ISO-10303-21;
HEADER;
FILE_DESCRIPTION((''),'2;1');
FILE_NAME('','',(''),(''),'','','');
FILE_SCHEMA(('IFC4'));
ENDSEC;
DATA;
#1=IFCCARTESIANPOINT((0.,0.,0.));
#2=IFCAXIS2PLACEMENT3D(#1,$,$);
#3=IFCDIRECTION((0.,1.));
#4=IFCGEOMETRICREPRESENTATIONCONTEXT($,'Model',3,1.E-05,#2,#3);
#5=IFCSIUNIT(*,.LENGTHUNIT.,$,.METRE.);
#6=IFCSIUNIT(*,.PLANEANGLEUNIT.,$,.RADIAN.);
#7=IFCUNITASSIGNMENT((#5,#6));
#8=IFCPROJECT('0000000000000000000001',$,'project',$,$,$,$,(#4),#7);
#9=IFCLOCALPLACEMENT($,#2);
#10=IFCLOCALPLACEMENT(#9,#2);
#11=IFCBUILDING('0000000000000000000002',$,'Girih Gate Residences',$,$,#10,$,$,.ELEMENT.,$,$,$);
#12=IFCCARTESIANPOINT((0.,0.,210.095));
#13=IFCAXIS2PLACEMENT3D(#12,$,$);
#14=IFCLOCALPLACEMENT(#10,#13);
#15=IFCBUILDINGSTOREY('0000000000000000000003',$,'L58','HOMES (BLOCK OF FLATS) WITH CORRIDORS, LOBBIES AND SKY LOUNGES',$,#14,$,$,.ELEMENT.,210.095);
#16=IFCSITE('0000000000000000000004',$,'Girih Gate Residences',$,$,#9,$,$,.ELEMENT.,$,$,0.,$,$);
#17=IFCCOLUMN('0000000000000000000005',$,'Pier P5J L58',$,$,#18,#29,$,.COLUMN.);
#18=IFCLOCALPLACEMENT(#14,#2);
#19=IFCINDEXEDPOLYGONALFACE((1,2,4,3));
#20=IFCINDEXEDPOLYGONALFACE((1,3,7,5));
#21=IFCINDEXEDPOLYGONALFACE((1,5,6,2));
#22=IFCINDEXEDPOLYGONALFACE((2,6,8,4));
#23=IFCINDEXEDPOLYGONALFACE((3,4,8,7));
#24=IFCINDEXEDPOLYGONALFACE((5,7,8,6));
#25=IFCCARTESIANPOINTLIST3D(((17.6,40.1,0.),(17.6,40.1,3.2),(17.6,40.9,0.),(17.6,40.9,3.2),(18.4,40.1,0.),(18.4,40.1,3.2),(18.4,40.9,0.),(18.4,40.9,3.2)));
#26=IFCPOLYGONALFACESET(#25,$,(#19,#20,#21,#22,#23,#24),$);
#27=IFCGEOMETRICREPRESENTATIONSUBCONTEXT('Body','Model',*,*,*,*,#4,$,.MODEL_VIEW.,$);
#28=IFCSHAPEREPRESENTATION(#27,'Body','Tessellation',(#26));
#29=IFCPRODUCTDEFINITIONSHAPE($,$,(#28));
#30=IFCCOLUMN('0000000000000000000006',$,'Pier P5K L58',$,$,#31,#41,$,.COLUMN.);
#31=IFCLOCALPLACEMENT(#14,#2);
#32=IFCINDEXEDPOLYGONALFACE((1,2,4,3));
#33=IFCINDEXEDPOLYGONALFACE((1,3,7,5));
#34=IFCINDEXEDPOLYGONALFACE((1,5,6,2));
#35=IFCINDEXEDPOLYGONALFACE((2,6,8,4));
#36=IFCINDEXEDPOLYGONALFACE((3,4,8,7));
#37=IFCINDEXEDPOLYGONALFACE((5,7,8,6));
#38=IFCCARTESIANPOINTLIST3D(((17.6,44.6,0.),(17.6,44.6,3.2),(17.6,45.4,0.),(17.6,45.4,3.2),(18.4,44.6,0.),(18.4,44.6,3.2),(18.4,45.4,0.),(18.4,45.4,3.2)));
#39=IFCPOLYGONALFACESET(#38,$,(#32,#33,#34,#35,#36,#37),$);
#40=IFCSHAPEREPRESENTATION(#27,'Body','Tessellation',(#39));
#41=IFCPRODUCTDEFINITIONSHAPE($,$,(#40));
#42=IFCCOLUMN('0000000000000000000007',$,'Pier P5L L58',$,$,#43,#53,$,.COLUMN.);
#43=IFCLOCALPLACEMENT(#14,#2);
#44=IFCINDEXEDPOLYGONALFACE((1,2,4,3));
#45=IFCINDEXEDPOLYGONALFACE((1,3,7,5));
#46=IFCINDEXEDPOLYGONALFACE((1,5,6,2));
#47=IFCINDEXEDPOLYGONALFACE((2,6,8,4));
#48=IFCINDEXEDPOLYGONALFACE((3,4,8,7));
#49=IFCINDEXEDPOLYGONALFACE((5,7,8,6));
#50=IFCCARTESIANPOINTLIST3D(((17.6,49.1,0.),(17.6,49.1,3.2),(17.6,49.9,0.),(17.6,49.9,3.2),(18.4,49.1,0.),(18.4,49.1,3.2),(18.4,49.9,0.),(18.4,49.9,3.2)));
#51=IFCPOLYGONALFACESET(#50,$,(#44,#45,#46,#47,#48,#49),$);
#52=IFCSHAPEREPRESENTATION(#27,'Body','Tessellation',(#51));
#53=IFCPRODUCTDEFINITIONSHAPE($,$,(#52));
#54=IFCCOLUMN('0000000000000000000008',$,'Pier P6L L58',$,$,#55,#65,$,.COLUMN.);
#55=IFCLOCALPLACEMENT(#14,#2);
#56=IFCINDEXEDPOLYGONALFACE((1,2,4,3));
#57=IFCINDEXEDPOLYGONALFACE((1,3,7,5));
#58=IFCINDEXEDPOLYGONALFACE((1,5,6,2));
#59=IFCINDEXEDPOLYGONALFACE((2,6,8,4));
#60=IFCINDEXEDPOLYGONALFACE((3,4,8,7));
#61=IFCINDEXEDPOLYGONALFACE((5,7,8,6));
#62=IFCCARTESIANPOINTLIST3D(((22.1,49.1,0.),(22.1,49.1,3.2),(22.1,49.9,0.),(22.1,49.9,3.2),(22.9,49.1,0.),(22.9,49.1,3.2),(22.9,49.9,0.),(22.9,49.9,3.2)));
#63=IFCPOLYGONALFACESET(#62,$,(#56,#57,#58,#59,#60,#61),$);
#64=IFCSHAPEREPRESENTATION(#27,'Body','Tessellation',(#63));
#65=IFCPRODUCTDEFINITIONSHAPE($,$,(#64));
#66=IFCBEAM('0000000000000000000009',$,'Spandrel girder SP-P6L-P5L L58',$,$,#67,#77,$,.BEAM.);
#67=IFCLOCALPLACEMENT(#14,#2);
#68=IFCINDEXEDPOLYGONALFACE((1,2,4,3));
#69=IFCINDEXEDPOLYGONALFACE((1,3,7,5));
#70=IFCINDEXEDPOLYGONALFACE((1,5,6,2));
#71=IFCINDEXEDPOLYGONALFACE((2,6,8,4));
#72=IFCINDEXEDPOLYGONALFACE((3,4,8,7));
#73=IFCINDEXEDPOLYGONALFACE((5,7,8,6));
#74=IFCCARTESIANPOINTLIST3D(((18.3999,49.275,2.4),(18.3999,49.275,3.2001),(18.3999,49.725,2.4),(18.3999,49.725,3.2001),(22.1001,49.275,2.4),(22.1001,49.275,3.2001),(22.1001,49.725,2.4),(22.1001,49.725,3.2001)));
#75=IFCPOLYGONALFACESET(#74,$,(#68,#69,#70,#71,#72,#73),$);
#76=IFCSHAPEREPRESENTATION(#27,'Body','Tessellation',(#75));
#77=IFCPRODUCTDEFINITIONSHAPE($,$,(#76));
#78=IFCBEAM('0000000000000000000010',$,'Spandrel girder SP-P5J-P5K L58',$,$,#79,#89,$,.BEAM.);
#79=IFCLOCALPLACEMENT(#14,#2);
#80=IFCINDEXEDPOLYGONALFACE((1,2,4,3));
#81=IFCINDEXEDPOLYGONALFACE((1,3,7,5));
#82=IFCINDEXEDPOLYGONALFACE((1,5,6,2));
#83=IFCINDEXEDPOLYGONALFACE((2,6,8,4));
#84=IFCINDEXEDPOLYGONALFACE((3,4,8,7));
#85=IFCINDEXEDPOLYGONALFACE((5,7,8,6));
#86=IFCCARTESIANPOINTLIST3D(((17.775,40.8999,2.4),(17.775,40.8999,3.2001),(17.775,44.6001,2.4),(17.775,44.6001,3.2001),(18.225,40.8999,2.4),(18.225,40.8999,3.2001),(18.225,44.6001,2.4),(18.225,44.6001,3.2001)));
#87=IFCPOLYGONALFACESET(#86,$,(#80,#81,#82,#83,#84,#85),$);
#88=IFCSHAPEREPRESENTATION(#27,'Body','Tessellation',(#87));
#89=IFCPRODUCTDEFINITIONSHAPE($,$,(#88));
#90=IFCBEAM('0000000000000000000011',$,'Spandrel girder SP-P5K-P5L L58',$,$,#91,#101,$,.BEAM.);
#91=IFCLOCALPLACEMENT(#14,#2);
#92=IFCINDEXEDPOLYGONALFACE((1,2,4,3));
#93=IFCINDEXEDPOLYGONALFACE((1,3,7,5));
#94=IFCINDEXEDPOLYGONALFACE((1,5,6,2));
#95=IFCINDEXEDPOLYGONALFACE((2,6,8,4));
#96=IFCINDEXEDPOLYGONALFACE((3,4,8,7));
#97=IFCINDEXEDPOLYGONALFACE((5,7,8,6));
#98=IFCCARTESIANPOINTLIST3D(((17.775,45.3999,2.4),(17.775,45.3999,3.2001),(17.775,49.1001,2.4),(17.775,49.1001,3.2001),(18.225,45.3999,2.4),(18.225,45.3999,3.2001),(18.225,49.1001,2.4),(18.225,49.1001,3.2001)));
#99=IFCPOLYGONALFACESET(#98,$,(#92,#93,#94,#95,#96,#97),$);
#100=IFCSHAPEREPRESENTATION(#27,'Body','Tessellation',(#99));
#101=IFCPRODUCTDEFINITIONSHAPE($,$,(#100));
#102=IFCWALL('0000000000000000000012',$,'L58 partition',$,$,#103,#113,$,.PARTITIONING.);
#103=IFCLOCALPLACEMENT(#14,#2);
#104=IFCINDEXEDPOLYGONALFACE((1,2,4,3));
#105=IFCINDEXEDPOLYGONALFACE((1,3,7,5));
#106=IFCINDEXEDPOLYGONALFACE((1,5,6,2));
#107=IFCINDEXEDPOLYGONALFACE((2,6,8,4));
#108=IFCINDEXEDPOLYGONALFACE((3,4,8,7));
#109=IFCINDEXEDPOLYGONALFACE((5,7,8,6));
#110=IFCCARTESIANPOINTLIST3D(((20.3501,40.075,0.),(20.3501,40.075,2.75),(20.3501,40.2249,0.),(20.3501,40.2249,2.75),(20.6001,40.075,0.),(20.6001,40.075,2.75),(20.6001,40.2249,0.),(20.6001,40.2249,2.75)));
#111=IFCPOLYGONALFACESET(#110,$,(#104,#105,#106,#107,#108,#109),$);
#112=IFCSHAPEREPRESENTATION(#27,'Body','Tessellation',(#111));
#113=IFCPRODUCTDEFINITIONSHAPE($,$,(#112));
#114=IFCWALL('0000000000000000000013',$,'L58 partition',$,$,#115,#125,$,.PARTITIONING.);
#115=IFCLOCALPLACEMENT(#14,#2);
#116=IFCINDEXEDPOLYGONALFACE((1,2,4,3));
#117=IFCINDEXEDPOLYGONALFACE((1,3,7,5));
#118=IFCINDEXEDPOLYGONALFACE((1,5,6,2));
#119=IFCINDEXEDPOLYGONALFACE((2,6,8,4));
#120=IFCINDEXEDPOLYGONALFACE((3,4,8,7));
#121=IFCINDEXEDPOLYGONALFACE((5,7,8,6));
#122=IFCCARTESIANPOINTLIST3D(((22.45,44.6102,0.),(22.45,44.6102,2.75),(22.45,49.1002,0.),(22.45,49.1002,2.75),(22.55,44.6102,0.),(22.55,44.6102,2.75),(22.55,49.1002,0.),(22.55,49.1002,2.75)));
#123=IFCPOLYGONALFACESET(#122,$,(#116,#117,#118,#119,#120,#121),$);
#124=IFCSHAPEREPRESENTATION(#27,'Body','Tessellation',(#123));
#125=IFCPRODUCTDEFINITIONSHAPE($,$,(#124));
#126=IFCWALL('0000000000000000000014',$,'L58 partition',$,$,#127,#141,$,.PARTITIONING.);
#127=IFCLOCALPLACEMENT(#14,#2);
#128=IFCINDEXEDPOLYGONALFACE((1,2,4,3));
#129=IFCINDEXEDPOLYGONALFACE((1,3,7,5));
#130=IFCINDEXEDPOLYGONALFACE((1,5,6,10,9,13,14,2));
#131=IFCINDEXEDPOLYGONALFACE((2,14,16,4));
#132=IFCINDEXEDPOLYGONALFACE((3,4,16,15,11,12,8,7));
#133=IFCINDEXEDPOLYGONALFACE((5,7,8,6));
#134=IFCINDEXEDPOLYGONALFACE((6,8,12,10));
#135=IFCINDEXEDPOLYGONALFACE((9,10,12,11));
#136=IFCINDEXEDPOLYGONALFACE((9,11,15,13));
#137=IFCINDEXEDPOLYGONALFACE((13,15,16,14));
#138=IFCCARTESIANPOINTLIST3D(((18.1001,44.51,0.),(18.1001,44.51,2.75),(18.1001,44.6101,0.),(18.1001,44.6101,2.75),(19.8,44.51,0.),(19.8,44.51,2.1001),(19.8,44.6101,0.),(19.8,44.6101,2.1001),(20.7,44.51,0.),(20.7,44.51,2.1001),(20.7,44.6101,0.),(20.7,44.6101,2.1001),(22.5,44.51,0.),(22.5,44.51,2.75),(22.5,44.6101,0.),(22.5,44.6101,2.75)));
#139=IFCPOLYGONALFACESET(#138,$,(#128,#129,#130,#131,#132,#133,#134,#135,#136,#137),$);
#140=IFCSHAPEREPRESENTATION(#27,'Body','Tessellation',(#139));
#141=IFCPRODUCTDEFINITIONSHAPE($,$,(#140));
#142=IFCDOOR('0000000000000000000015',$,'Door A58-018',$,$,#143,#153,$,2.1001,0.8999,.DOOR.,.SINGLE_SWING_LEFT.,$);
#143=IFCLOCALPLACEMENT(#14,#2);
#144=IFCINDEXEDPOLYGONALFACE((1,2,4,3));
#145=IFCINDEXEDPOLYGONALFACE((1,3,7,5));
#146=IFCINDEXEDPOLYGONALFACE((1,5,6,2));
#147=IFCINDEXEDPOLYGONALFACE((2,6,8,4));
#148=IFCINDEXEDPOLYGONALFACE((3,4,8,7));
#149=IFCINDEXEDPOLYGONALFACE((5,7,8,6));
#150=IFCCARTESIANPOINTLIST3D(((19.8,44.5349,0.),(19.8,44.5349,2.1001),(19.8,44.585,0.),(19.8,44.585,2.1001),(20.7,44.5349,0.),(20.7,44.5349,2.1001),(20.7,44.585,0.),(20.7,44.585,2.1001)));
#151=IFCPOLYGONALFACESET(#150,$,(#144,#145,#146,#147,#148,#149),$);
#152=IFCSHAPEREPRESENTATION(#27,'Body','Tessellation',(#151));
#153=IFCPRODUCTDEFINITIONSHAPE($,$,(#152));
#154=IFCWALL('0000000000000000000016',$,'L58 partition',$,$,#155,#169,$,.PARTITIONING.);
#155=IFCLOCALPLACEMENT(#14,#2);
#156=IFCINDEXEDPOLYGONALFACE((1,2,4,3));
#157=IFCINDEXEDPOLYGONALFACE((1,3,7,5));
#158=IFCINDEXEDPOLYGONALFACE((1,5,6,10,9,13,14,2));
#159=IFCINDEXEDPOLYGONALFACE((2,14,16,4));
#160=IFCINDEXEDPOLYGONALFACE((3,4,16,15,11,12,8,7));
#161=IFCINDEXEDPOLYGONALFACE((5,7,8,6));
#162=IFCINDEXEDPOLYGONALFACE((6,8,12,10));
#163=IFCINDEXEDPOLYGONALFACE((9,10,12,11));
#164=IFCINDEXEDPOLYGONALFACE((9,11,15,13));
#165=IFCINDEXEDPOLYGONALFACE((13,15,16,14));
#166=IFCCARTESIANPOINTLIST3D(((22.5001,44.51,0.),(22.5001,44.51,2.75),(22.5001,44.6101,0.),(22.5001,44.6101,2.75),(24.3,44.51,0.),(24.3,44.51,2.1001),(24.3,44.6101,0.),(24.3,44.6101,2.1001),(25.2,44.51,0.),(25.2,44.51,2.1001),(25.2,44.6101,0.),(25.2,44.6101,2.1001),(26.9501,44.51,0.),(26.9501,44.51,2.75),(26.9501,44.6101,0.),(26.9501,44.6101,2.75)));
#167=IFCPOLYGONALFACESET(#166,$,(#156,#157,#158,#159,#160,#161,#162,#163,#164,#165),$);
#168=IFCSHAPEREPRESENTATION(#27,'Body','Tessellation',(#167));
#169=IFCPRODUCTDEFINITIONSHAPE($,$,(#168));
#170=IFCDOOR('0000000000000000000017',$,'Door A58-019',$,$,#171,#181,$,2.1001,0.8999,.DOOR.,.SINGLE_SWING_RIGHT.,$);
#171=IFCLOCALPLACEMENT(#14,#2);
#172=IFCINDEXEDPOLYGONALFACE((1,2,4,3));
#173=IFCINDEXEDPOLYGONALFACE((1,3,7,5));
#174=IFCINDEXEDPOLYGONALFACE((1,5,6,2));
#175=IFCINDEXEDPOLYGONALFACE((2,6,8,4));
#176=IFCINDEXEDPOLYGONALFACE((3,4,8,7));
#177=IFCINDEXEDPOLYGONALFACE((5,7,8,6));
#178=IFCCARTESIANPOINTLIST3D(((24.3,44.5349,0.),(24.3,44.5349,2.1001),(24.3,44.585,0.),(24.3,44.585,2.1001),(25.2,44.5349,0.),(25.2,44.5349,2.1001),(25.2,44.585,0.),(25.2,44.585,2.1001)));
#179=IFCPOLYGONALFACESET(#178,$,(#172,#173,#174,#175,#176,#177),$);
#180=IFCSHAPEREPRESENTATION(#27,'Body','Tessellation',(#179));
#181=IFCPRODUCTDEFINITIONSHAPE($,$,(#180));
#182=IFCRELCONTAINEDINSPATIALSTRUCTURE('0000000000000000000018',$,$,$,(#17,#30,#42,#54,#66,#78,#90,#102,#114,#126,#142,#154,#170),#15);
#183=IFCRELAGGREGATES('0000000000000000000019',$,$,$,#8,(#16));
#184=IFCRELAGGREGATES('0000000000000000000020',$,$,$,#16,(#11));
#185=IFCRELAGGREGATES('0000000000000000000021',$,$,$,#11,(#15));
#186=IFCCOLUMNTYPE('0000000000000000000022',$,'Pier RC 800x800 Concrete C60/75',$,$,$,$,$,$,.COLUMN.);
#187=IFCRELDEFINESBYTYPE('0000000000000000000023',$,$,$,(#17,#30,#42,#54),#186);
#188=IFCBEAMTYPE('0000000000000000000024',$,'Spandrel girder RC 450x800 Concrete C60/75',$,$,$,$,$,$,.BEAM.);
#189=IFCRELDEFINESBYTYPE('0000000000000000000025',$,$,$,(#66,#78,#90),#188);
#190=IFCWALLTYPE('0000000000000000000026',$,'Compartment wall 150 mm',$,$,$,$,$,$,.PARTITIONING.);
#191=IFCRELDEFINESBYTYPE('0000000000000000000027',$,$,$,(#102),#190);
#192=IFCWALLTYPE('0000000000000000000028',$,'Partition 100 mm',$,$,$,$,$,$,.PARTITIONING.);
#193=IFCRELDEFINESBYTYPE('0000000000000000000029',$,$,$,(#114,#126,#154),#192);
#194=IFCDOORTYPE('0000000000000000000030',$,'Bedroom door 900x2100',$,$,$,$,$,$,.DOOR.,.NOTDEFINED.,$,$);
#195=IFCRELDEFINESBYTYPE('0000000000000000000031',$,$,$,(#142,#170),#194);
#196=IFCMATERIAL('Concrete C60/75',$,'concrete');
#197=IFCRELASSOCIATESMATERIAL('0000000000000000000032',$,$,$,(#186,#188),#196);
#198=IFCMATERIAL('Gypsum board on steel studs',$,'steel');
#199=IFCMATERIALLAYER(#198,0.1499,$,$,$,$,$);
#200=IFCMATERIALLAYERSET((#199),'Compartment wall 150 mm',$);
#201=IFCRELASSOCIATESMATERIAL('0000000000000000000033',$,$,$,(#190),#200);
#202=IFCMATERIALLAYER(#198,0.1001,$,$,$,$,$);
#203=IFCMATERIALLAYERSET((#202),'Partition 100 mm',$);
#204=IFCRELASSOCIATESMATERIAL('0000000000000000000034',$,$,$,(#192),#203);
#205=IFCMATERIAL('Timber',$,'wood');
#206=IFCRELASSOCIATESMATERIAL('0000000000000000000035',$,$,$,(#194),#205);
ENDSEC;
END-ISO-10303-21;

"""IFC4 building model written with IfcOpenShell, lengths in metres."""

from ifc_helpers import new_model, si_unit, direction, frame, frame_2d, origin, origin_2d, place, context, subcontext, project, spatial, rectangle, extrude, material, layer, layer_set, material_profile, profile_set, type_object, element, fill, save


model = new_model("IFC4")

# Units and contexts
model_context = context("Model", 3, precision=1e-05, world=origin(), true_north=direction((0.0, 1.0)))
body_context = subcontext(model_context, "Body", "Model", "MODEL_VIEW")
ifc_project = project(units=[si_unit("LENGTHUNIT", "METRE"), si_unit("PLANEANGLEUNIT", "RADIAN")], contexts=[model_context])

# Site, building, storey
site_placement = place(None, origin())
site = spatial("IfcSite", under=ifc_project, at=site_placement, Name="Girih Gate Residences", CompositionType="ELEMENT", RefElevation=0.0)
building_placement = place(site_placement, origin())
building = spatial("IfcBuilding", under=site, at=building_placement, Name="Girih Gate Residences", CompositionType="ELEMENT")
storey_placement = place(building_placement, frame((0.0, 0.0, 210.095)))
storey = spatial("IfcBuildingStorey", under=building, at=storey_placement, Name="L58", Description="HOMES (BLOCK OF FLATS) WITH CORRIDORS, LOBBIES AND SKY LOUNGES", CompositionType="ELEMENT", Elevation=210.095)

# Columns
ifc_material_1 = material(Name="Concrete C60/75", Category="concrete")
ifc_material_profile_1 = material_profile(ifc_material_1, rectangle(XDim=0.8, YDim=0.8, at=origin_2d()))
ifc_profile_set_1 = profile_set([ifc_material_profile_1], Name="Concrete C60/75")
column_type = type_object("IfcColumnType", Name="Pier RC 800x800 Concrete C60/75", PredefinedType="COLUMN", material=ifc_profile_set_1)
for number, where, z_axis, x_axis, name in (
    (1, (18.0, 40.5, 0.0), (0.0, 0.0, 1.0), (1.0, 0.0, 0.0), "Pier P5J L58"),
    (2, (18.0, 45.0, 0.0), (0.0, 0.0, 1.0), (1.0, 0.0, 0.0), "Pier P5K L58"),
    (3, (18.0, 49.5, 0.0), (0.0, 0.0, 1.0), (1.0, 0.0, 0.0), "Pier P5L L58"),
    (4, (22.5, 49.5, 0.0), (0.0, 0.0, 1.0), (1.0, 0.0, 0.0), "Pier P6L L58"),
):
    element("IfcColumn", number, at=place(storey_placement, frame(where, z_axis=z_axis, x_axis=x_axis)), inside=storey, type_object=column_type, Name=name, PredefinedType="COLUMN", context=body_context, shape_type="SweptSolid", body=[
        extrude(rectangle(XDim=0.8, YDim=0.8, at=origin_2d()), origin(), (0.0, 0.0, 1.0), 3.2),
    ])

# Beams
ifc_material_profile_2 = material_profile(ifc_material_1, rectangle(XDim=0.45, YDim=0.8, at=origin_2d()))
ifc_profile_set_2 = profile_set([ifc_material_profile_2], Name="Concrete C60/75")
beam_type = type_object("IfcBeamType", Name="Spandrel girder RC 450x800 Concrete C60/75", PredefinedType="BEAM", material=ifc_profile_set_2)
for number, where, z_axis, x_axis, name in (
    (5, (22.1001, 49.5, 2.8), (-1.0, 0.0, 0.0), (0.0, -1.0, 0.0), "Spandrel girder SP-P6L-P5L L58"),
    (6, (18.0, 40.8999, 2.8), (0.0, 1.0, 0.0), (-1.0, 0.0, 0.0), "Spandrel girder SP-P5J-P5K L58"),
    (7, (18.0, 45.3999, 2.8), (0.0, 1.0, 0.0), (-1.0, 0.0, 0.0), "Spandrel girder SP-P5K-P5L L58"),
):
    element("IfcBeam", number, at=place(storey_placement, frame(where, z_axis=z_axis, x_axis=x_axis)), inside=storey, type_object=beam_type, Name=name, PredefinedType="BEAM", context=body_context, shape_type="SweptSolid", body=[
        extrude(rectangle(XDim=0.45, YDim=0.8, at=origin_2d()), origin(), (0.0, 0.0, 1.0), 3.7002),
    ])

# Shared definitions
ifc_material_2 = material(Name="Gypsum board on steel studs", Category="steel")
ifc_layer_1 = layer(ifc_material_2, 0.1499)
ifc_layer_set_1 = layer_set([ifc_layer_1], Name="Compartment wall 150 mm")
wall_type_1 = type_object("IfcWallType", Name="Compartment wall 150 mm", PredefinedType="PARTITIONING", material=ifc_layer_set_1)

# Walls
wall_1_placement = place(storey_placement, frame((20.3501, 40.1499, 0.0), z_axis=(0.0, 0.0, 1.0), x_axis=(1.0, 0.0, 0.0)))
element("IfcWall", 8, at=wall_1_placement, inside=storey, type_object=wall_type_1, Name="L58 partition", PredefinedType="PARTITIONING", context=body_context, shape_type="SweptSolid", body=[
    extrude(rectangle(XDim=0.25, YDim=0.1499, at=frame_2d((0.125, 0.0))), origin(), (0.0, 0.0, 1.0), 2.75),
])
ifc_layer_2 = layer(ifc_material_2, 0.1001)
ifc_layer_set_2 = layer_set([ifc_layer_2], Name="Partition 100 mm")
wall_type_2 = type_object("IfcWallType", Name="Partition 100 mm", PredefinedType="PARTITIONING", material=ifc_layer_set_2)
wall_2_placement = place(storey_placement, frame((22.5, 44.6101, 0.0), z_axis=(0.0, 0.0, 1.0), x_axis=(0.0, 1.0, 0.0)))
element("IfcWall", 9, at=wall_2_placement, inside=storey, type_object=wall_type_2, Name="L58 partition", PredefinedType="PARTITIONING", context=body_context, shape_type="SweptSolid", body=[
    extrude(rectangle(XDim=4.49, YDim=0.1001, at=frame_2d((2.2451, 0.0))), origin(), (0.0, 0.0, 1.0), 2.75),
])

# Walls, openings, doors
wall_3_placement = place(storey_placement, frame((18.1001, 44.5601, 0.0), z_axis=(0.0, 0.0, 1.0), x_axis=(1.0, 0.0, 0.0)))
wall_3 = element("IfcWall", 10, at=wall_3_placement, inside=storey, type_object=wall_type_2, Name="L58 partition", PredefinedType="PARTITIONING", context=body_context, shape_type="SweptSolid", body=[
    extrude(rectangle(XDim=4.3999, YDim=0.1001, at=frame_2d((2.2, 0.0))), origin(), (0.0, 0.0, 1.0), 2.75),
])
opening_1_placement = place(wall_3_placement, frame((1.7, 0.0, 0.0)))
opening_1 = element("IfcOpeningElement", 11, at=opening_1_placement, cuts=wall_3, PredefinedType="OPENING", context=body_context, shape_type="SweptSolid", body=[
    extrude(rectangle(XDim=0.8999, YDim=2.1001, at=frame_2d((0.45, 1.05))), frame((0.0, 0.0601, 0.0), z_axis=(0.0, -1.0, 0.0), x_axis=(1.0, 0.0, 0.0)), (0.0, 0.0, 1.0), 0.1201),
])
ifc_material_3 = material(Name="Timber", Category="wood")
door_type_1 = type_object("IfcDoorType", Name="Bedroom door 900x2100", OperationType="NOTDEFINED", PredefinedType="DOOR", material=ifc_material_3)
door_1_placement = place(opening_1_placement, origin())
door_1 = element("IfcDoor", 12, at=door_1_placement, inside=storey, type_object=door_type_1, Name="Door A58-018", OperationType="SINGLE_SWING_LEFT", OverallHeight=2.1001, OverallWidth=0.8999, PredefinedType="DOOR", context=body_context, shape_type="SweptSolid", body=[
    extrude(rectangle(XDim=0.8999, YDim=2.1001, at=frame_2d((0.45, 1.05))), frame((0.0, 0.0249, 0.0), z_axis=(0.0, -1.0, 0.0), x_axis=(1.0, 0.0, 0.0)), (0.0, 0.0, 1.0), 0.05),
])
fill(opening_1, door_1)
wall_4_placement = place(storey_placement, frame((22.5, 44.5601, 0.0), z_axis=(0.0, 0.0, 1.0), x_axis=(1.0, 0.0, 0.0)))
wall_4 = element("IfcWall", 13, at=wall_4_placement, inside=storey, type_object=wall_type_2, Name="L58 partition", PredefinedType="PARTITIONING", context=body_context, shape_type="SweptSolid", body=[
    extrude(rectangle(XDim=4.45, YDim=0.1001, at=frame_2d((2.2251, 0.0))), origin(), (0.0, 0.0, 1.0), 2.75),
])
opening_2_placement = place(wall_4_placement, frame((1.8, 0.0, 0.0)))
opening_2 = element("IfcOpeningElement", 14, at=opening_2_placement, cuts=wall_4, PredefinedType="OPENING", context=body_context, shape_type="SweptSolid", body=[
    extrude(rectangle(XDim=0.8999, YDim=2.1001, at=frame_2d((0.45, 1.05))), frame((0.0, 0.0601, 0.0), z_axis=(0.0, -1.0, 0.0), x_axis=(1.0, 0.0, 0.0)), (0.0, 0.0, 1.0), 0.1201),
])
door_2_placement = place(opening_2_placement, origin())
door_2 = element("IfcDoor", 15, at=door_2_placement, inside=storey, type_object=door_type_1, Name="Door A58-019", OperationType="SINGLE_SWING_RIGHT", OverallHeight=2.1001, OverallWidth=0.8999, PredefinedType="DOOR", context=body_context, shape_type="SweptSolid", body=[
    extrude(rectangle(XDim=0.8999, YDim=2.1001, at=frame_2d((0.45, 1.05))), frame((0.0, 0.0249, 0.0), z_axis=(0.0, -1.0, 0.0), x_axis=(1.0, 0.0, 0.0)), (0.0, 0.0, 1.0), 0.05),
])
fill(opening_2, door_2)

save(model, "model.ifc")
